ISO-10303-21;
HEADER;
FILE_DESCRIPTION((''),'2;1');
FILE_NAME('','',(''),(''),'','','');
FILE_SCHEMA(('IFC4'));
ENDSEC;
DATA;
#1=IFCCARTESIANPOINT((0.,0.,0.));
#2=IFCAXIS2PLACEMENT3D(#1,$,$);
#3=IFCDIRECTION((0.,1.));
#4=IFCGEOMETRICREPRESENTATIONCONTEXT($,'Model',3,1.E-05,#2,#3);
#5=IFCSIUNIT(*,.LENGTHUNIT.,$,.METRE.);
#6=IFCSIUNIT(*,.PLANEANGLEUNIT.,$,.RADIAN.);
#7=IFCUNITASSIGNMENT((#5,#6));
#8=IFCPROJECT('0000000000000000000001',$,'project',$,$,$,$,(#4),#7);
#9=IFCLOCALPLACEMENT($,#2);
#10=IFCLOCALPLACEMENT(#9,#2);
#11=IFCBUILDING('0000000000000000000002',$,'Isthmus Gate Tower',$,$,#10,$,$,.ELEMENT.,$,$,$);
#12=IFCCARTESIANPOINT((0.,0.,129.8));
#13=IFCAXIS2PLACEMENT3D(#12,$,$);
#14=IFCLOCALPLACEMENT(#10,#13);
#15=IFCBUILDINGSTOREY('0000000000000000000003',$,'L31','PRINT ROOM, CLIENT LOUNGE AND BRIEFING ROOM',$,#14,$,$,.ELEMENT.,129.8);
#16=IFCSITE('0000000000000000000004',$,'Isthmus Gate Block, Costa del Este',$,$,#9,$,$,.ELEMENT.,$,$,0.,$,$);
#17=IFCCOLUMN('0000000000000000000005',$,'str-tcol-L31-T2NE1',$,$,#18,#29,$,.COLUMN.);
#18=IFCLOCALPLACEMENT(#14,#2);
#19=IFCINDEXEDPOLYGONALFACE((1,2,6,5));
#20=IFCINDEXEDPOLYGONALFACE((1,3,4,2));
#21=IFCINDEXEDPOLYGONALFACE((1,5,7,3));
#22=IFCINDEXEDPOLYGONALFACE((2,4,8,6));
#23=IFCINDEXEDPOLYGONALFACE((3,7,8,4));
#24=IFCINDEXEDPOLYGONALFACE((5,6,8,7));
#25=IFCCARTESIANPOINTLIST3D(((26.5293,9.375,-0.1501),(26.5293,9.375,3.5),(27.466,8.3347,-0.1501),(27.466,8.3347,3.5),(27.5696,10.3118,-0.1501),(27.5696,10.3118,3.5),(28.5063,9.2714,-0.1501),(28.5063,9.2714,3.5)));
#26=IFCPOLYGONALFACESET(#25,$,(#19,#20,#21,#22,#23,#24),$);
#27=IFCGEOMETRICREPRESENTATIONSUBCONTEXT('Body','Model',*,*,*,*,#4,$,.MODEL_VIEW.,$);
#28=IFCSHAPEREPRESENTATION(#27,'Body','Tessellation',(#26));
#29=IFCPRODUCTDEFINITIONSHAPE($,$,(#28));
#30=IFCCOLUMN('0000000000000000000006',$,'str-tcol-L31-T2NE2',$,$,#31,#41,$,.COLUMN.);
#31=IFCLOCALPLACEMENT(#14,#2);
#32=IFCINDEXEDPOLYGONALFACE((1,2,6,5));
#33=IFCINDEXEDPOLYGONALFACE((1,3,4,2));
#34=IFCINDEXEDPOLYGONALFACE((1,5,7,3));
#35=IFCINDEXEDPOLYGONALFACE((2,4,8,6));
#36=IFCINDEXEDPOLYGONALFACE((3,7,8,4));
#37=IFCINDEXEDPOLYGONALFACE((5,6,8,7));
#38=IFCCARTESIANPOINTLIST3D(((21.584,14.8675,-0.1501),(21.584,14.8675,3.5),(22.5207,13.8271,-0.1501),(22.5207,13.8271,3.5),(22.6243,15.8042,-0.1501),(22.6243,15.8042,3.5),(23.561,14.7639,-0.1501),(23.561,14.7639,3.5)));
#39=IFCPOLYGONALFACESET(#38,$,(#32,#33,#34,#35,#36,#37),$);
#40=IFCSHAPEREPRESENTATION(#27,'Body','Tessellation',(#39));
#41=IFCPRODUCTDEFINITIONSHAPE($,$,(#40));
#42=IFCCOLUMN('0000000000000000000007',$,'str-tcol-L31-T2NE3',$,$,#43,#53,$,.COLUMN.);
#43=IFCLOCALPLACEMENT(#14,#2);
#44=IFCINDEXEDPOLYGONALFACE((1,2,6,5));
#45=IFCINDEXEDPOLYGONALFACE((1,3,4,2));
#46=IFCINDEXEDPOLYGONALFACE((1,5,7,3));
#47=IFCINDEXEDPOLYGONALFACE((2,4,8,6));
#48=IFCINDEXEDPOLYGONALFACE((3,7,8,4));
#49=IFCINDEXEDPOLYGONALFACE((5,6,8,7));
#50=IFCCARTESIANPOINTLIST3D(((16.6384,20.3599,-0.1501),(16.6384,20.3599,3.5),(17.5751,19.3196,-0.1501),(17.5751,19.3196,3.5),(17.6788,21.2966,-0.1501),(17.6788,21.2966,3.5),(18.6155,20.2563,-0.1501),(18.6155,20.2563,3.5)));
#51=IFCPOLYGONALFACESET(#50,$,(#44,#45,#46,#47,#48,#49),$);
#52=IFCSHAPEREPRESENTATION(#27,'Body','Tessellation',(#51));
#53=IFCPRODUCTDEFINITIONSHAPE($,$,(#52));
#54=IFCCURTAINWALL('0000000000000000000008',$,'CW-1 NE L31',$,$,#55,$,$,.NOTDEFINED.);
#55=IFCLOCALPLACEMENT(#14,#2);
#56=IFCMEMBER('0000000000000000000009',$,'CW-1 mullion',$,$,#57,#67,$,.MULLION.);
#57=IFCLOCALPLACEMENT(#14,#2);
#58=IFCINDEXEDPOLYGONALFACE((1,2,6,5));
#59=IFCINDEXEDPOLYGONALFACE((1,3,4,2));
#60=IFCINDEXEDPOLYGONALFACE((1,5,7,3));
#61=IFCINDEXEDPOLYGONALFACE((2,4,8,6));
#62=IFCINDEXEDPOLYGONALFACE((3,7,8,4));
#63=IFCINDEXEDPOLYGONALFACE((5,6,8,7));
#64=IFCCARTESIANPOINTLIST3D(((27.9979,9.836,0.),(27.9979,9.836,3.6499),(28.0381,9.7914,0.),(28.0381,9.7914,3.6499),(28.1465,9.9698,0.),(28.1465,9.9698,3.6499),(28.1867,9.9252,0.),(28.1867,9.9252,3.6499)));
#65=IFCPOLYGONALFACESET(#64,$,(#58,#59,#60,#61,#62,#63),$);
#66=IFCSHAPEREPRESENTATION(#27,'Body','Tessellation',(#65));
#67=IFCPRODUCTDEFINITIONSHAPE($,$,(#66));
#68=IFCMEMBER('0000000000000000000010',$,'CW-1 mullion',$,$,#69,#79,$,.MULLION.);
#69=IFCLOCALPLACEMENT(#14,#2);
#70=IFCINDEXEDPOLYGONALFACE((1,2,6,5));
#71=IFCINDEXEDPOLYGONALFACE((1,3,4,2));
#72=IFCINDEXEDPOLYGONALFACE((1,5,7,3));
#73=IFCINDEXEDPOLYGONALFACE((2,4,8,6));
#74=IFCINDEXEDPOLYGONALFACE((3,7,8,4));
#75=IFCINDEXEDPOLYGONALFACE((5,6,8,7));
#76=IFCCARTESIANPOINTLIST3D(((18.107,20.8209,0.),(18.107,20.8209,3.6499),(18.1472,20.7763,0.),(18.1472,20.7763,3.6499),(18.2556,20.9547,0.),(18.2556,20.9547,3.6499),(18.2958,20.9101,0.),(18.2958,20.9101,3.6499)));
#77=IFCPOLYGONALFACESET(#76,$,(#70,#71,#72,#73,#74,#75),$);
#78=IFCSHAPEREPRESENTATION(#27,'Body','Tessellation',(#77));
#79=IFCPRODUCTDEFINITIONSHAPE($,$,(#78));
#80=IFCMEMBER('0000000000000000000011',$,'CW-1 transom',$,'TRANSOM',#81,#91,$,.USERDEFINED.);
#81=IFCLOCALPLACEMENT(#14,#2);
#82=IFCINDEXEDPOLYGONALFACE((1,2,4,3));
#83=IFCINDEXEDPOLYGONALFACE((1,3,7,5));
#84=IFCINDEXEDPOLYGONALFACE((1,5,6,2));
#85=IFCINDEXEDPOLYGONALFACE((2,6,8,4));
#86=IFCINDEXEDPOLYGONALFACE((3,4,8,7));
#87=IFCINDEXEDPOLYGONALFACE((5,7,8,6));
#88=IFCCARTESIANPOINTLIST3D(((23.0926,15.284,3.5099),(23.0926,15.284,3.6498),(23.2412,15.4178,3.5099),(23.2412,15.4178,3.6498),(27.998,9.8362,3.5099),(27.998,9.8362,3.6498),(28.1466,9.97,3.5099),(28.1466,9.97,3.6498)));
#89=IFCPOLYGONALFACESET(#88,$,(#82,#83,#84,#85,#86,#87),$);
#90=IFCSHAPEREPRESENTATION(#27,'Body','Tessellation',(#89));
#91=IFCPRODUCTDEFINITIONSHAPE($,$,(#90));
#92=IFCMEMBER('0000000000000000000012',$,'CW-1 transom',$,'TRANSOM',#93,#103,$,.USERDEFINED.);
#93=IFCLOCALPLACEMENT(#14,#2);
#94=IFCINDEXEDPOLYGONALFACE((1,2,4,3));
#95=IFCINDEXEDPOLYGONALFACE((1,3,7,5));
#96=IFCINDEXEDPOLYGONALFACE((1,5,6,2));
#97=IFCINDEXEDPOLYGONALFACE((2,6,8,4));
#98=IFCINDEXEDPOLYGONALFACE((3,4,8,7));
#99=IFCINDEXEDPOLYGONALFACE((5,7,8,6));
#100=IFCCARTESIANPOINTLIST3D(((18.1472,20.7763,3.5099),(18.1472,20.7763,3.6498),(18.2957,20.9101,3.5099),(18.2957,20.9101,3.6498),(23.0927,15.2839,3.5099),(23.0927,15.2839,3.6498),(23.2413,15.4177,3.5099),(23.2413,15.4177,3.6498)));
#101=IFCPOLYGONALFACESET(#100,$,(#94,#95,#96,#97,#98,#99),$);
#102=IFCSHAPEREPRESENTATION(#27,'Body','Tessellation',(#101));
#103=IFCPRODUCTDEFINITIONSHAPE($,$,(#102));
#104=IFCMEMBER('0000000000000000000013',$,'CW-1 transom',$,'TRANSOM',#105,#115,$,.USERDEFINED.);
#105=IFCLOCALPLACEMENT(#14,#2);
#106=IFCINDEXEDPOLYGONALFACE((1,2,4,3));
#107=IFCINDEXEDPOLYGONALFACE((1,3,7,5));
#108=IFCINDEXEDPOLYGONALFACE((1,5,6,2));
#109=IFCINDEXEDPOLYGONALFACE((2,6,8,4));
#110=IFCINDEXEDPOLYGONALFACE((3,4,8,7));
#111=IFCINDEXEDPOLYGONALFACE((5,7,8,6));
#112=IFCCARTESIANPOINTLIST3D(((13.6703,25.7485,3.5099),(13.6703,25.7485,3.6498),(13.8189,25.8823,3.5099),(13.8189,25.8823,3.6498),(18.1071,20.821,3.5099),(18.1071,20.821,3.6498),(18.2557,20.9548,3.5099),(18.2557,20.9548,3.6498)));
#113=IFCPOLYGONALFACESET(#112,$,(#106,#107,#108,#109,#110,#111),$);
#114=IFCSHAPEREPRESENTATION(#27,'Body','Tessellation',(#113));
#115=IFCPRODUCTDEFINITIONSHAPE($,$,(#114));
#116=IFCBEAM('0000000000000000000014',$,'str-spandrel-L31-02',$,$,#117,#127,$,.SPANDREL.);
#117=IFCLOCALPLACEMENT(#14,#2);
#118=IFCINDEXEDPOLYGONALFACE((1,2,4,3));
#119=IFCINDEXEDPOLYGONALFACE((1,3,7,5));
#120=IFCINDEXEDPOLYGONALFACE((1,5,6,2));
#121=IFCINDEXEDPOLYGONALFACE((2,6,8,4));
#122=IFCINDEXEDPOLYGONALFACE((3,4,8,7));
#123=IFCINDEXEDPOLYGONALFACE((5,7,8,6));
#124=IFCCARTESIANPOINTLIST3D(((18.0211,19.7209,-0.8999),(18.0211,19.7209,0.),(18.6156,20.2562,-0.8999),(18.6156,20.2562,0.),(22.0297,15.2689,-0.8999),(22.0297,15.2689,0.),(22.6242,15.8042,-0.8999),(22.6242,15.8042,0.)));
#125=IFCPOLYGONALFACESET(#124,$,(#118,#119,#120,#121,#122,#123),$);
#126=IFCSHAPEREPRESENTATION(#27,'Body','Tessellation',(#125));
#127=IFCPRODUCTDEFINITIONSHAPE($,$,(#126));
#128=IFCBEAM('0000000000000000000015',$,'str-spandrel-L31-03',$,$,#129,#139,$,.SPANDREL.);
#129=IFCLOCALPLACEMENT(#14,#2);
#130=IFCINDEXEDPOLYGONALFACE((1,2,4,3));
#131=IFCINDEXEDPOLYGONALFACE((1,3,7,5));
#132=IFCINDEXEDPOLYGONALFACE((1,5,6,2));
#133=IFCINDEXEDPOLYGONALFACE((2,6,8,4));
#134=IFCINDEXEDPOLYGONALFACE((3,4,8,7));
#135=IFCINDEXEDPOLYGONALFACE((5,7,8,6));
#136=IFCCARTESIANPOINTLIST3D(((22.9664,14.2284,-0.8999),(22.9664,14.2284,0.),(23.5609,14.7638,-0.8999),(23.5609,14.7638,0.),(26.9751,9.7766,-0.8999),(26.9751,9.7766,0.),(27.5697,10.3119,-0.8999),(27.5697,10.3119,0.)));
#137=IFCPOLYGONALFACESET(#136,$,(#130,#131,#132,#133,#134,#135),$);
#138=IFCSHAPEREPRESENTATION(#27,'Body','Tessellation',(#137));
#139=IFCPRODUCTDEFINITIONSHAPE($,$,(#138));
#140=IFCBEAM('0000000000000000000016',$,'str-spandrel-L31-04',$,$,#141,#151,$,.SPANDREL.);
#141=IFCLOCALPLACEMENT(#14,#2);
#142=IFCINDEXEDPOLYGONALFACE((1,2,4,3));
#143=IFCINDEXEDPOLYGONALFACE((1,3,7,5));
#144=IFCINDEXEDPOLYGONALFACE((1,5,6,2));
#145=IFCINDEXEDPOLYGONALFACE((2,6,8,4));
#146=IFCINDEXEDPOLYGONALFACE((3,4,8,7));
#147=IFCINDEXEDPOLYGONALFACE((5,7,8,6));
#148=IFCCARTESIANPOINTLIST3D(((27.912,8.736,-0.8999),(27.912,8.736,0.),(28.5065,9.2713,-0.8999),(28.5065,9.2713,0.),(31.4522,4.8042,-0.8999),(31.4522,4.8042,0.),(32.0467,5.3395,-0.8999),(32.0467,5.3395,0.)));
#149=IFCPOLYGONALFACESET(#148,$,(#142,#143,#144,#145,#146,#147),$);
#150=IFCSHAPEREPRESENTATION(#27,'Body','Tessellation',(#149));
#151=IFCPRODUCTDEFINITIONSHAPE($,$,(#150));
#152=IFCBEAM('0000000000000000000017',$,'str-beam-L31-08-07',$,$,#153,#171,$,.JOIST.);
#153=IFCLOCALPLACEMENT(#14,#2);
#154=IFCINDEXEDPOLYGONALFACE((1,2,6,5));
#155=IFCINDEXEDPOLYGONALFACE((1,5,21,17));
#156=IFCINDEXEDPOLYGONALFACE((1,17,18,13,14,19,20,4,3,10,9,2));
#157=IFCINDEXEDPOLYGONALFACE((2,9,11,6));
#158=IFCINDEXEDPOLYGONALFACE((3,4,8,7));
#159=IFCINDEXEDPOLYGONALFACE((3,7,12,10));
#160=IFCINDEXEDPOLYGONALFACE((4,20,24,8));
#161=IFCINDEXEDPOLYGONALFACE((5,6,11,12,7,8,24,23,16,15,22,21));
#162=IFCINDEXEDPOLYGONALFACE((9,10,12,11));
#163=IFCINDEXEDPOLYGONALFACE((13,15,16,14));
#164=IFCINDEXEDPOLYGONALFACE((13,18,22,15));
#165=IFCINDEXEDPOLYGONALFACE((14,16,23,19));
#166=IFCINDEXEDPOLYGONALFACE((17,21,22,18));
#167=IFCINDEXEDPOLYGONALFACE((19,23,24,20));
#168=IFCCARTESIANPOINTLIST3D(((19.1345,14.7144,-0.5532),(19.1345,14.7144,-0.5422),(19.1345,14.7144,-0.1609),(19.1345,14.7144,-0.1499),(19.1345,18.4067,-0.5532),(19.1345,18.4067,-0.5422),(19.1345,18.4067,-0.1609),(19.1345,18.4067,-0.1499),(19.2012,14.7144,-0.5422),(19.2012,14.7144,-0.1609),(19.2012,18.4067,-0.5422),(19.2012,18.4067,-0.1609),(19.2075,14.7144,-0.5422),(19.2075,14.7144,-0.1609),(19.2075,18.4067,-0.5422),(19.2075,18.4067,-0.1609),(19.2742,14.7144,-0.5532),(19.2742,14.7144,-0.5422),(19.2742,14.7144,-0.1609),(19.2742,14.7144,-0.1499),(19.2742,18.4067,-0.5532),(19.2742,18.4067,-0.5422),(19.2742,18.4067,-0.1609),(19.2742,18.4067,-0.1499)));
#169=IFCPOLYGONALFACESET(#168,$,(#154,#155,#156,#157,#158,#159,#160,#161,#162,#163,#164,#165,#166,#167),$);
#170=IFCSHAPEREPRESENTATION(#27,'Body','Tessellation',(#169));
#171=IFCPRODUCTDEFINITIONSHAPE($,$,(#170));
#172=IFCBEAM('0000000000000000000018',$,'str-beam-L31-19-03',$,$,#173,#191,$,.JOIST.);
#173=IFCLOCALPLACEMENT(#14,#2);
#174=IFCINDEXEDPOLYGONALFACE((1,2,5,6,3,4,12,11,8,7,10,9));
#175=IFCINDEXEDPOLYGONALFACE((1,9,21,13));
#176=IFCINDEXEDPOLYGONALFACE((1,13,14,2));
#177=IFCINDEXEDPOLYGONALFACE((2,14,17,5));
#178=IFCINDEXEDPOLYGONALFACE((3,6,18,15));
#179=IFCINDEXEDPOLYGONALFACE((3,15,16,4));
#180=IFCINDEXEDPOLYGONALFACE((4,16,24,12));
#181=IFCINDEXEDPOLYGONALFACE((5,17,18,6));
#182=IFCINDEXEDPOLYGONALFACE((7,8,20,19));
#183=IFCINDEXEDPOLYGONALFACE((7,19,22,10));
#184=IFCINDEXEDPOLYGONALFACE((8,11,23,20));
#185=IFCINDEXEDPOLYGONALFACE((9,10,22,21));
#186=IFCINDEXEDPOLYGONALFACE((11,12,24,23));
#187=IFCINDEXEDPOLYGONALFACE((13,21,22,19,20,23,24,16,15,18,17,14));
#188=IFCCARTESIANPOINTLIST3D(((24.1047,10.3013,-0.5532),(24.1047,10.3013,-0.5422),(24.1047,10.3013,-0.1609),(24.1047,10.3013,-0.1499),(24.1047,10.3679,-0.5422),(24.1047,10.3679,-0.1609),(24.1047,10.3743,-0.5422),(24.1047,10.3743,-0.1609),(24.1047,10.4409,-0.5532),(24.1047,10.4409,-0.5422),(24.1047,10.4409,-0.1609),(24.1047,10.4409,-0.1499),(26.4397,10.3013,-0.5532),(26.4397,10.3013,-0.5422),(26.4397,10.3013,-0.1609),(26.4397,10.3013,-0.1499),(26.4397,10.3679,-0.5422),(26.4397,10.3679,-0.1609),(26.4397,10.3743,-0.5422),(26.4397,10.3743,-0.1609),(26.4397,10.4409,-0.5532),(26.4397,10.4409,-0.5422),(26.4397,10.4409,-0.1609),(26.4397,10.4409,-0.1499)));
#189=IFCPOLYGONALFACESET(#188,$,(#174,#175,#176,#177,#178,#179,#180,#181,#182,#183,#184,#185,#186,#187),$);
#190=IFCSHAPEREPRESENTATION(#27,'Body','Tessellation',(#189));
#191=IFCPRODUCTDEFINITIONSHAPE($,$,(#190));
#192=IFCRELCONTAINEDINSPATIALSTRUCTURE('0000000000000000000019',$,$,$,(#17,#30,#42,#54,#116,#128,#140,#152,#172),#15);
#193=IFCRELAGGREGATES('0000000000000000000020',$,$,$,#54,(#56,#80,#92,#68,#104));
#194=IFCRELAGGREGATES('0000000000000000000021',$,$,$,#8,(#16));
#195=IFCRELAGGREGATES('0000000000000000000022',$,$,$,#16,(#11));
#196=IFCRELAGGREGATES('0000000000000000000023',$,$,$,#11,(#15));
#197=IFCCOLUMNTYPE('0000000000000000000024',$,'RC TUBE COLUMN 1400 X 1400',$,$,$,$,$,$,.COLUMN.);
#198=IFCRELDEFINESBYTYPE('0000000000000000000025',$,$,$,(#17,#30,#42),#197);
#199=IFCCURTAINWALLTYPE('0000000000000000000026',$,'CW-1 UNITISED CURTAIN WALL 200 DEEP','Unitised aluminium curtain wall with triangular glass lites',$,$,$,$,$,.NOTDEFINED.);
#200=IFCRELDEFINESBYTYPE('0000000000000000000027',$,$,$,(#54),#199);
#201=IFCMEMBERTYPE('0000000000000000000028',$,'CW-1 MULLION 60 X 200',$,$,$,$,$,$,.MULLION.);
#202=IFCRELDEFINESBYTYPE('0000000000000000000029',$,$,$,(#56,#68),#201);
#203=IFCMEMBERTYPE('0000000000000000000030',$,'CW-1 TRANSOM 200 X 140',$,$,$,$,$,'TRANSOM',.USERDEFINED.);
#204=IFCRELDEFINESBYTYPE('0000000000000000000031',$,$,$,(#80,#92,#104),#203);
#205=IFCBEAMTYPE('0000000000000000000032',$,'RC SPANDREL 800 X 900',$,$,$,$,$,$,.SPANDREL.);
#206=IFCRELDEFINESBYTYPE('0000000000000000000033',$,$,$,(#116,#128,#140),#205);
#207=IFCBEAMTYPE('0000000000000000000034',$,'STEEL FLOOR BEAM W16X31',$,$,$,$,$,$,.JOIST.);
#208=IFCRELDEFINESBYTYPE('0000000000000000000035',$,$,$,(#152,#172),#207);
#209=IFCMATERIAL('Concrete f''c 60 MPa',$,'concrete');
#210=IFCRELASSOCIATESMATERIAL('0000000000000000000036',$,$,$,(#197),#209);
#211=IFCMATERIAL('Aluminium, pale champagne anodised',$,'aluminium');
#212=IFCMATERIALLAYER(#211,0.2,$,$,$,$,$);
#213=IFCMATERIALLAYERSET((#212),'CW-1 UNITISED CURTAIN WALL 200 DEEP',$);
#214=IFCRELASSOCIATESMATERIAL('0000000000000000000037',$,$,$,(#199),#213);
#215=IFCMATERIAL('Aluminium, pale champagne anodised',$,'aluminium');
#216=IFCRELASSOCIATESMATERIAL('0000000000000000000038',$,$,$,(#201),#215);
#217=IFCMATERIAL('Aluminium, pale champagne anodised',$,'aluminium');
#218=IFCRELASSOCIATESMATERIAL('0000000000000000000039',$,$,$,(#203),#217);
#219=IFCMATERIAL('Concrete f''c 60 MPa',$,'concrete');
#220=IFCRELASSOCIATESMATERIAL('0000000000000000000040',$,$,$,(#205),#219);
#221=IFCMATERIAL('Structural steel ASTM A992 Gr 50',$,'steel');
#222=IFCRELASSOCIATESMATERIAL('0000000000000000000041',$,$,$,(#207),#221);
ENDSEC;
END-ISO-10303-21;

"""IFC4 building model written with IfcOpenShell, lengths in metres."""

from ifc_helpers import new_model, si_unit, direction, frame, origin, origin_2d, place, context, subcontext, project, spatial, rectangle, i_section, extrude, material, layer, layer_set, material_profile, profile_set, type_object, element, aggregate, save


model = new_model("IFC4")

# Units and contexts
model_context = context("Model", 3, precision=1e-05, world=origin(), true_north=direction((0.0, 1.0)))
body_context = subcontext(model_context, "Body", "Model", "MODEL_VIEW")
ifc_project = project(units=[si_unit("LENGTHUNIT", "METRE"), si_unit("PLANEANGLEUNIT", "RADIAN")], contexts=[model_context])

# Site, building, storey
site_placement = place(None, origin())
site = spatial("IfcSite", under=ifc_project, at=site_placement, Name="Isthmus Gate Block, Costa del Este", CompositionType="ELEMENT", RefElevation=0.0)
building_placement = place(site_placement, origin())
building = spatial("IfcBuilding", under=site, at=building_placement, Name="Isthmus Gate Tower", CompositionType="ELEMENT")
storey_placement = place(building_placement, frame((0.0, 0.0, 129.8)))
storey = spatial("IfcBuildingStorey", under=building, at=storey_placement, Name="L31", Description="PRINT ROOM, CLIENT LOUNGE AND BRIEFING ROOM", CompositionType="ELEMENT", Elevation=129.8)

# Columns
ifc_material_1 = material(Name="Concrete f'c 60 MPa", Category="concrete")
ifc_material_profile_1 = material_profile(ifc_material_1, rectangle(XDim=1.3999, YDim=1.3999, at=origin_2d()), Name="RC 1400X1400")
ifc_profile_set_1 = profile_set([ifc_material_profile_1], Name="Concrete f'c 60 MPa")
column_type = type_object("IfcColumnType", Name="RC TUBE COLUMN 1400 X 1400", PredefinedType="COLUMN", material=ifc_profile_set_1)
for number, where, z_axis, x_axis, name in (
    (1, (27.5178, 9.3232, -0.1501), (0.0, 0.0, 1.0), (-0.669131, 0.743145, 0.0), "str-tcol-L31-T2NE1"),
    (2, (22.5725, 14.8157, -0.1501), (0.0, 0.0, 1.0), (-0.669131, 0.743145, 0.0), "str-tcol-L31-T2NE2"),
    (3, (17.627, 20.3081, -0.1501), (0.0, 0.0, 1.0), (-0.669131, 0.743145, 0.0), "str-tcol-L31-T2NE3"),
):
    element("IfcColumn", number, at=place(storey_placement, frame(where, z_axis=z_axis, x_axis=x_axis)), inside=storey, type_object=column_type, Name=name, PredefinedType="COLUMN", context=body_context, shape_type="SweptSolid", body=[
        extrude(rectangle(XDim=1.3999, YDim=1.3999, at=origin_2d()), origin(), (0.0, 0.0, 1.0), 3.6501),
    ])

# Curtain wall, members
ifc_material_2 = material(Name="Aluminium, pale champagne anodised", Category="aluminium")
ifc_layer_1 = layer(ifc_material_2, 0.2)
ifc_layer_set_1 = layer_set([ifc_layer_1], Name="CW-1 UNITISED CURTAIN WALL 200 DEEP")
curtain_wall_type = type_object("IfcCurtainWallType", Name="CW-1 UNITISED CURTAIN WALL 200 DEEP", Description="Unitised aluminium curtain wall with triangular glass lites", PredefinedType="NOTDEFINED", material=ifc_layer_set_1)
curtain_wall_placement = place(storey_placement, origin())
curtain_wall = element("IfcCurtainWall", 4, at=curtain_wall_placement, inside=storey, type_object=curtain_wall_type, Name="CW-1 NE L31", PredefinedType="NOTDEFINED")
ifc_material_3 = material(Name="Aluminium, pale champagne anodised", Category="aluminium")
ifc_material_profile_2 = material_profile(ifc_material_3, rectangle(XDim=0.0601, YDim=0.2, at=origin_2d()), Name="60x200")
ifc_profile_set_2 = profile_set([ifc_material_profile_2], Name="Aluminium, pale champagne anodised")
member_type_1 = type_object("IfcMemberType", Name="CW-1 MULLION 60 X 200", PredefinedType="MULLION", material=ifc_profile_set_2)
member_1_placement = place(storey_placement, frame((28.0923, 9.8806, 0.0), z_axis=(0.0, 0.0, 1.0), x_axis=(-0.669131, 0.743145, 0.0)))
member_1 = element("IfcMember", 5, at=member_1_placement, type_object=member_type_1, Name="CW-1 mullion", PredefinedType="MULLION", context=body_context, shape_type="SweptSolid", body=[
    extrude(rectangle(XDim=0.0601, YDim=0.2, at=origin_2d()), origin(), (0.0, 0.0, 1.0), 3.6499),
])
member_2_placement = place(storey_placement, frame((18.2014, 20.8655, 0.0), z_axis=(0.0, 0.0, 1.0), x_axis=(-0.669131, 0.743145, 0.0)))
member_2 = element("IfcMember", 6, at=member_2_placement, type_object=member_type_1, Name="CW-1 mullion", PredefinedType="MULLION", context=body_context, shape_type="SweptSolid", body=[
    extrude(rectangle(XDim=0.0601, YDim=0.2, at=origin_2d()), origin(), (0.0, 0.0, 1.0), 3.6499),
])
ifc_material_4 = material(Name="Aluminium, pale champagne anodised", Category="aluminium")
ifc_material_profile_3 = material_profile(ifc_material_4, rectangle(XDim=0.2, YDim=0.1399, at=origin_2d()), Name="200x140")
ifc_profile_set_3 = profile_set([ifc_material_profile_3], Name="Aluminium, pale champagne anodised")
member_type_2 = type_object("IfcMemberType", Name="CW-1 TRANSOM 200 X 140", ElementType="TRANSOM", PredefinedType="USERDEFINED", material=ifc_profile_set_3)
member_3_placement = place(storey_placement, frame((28.0723, 9.9031, 3.5798), z_axis=(-0.669138, 0.743138, 0.0), x_axis=(-0.743138, -0.669138, 0.0)))
member_3 = element("IfcMember", 7, at=member_3_placement, type_object=member_type_2, Name="CW-1 transom", ObjectType="TRANSOM", PredefinedType="USERDEFINED", context=body_context, shape_type="SweptSolid", body=[
    extrude(rectangle(XDim=0.2, YDim=0.1399, at=origin_2d()), origin(), (0.0, 0.0, 1.0), 7.3308),
])
member_4_placement = place(storey_placement, frame((23.167, 15.3508, 3.5798), z_axis=(-0.669142, 0.743135, 0.0), x_axis=(-0.743135, -0.669142, 0.0)))
member_4 = element("IfcMember", 8, at=member_4_placement, type_object=member_type_2, Name="CW-1 transom", ObjectType="TRANSOM", PredefinedType="USERDEFINED", context=body_context, shape_type="SweptSolid", body=[
    extrude(rectangle(XDim=0.2, YDim=0.1399, at=origin_2d()), origin(), (0.0, 0.0, 1.0), 7.3909),
])
member_5_placement = place(storey_placement, frame((18.1814, 20.8879, 3.5798), z_axis=(-0.669134, 0.743142, 0.0), x_axis=(-0.743142, -0.669134, 0.0)))
member_5 = element("IfcMember", 9, at=member_5_placement, type_object=member_type_2, Name="CW-1 transom", ObjectType="TRANSOM", PredefinedType="USERDEFINED", context=body_context, shape_type="SweptSolid", body=[
    extrude(rectangle(XDim=0.2, YDim=0.1399, at=origin_2d()), origin(), (0.0, 0.0, 1.0), 6.6306),
])

# Beams
ifc_material_5 = material(Name="Concrete f'c 60 MPa", Category="concrete")
ifc_material_profile_4 = material_profile(ifc_material_5, rectangle(XDim=0.8, YDim=0.8999, at=origin_2d()), Name="RC 800X900")
ifc_profile_set_4 = profile_set([ifc_material_profile_4], Name="Concrete f'c 60 MPa")
beam_type_1 = type_object("IfcBeamType", Name="RC SPANDREL 800 X 900", PredefinedType="SPANDREL", material=ifc_profile_set_4)
for number, where, z_axis, x_axis, name in (
    (10, (18.3184, 19.9885, -0.45), (0.669134, -0.743142, 0.0), (0.743142, 0.669134, 0.0), "str-spandrel-L31-02"),
    (11, (23.2637, 14.4961, -0.45), (0.669156, -0.743122, 0.0), (0.743122, 0.669156, 0.0), "str-spandrel-L31-03"),
):
    element("IfcBeam", number, at=place(storey_placement, frame(where, z_axis=z_axis, x_axis=x_axis)), inside=storey, type_object=beam_type_1, Name=name, PredefinedType="SPANDREL", context=body_context, shape_type="SweptSolid", body=[
        extrude(rectangle(XDim=0.8, YDim=0.8999, at=origin_2d()), origin(), (0.0, 0.0, 1.0), 5.9907),
    ])
beam_1_placement = place(storey_placement, frame((28.2092, 9.0037, -0.45), z_axis=(0.66913, -0.743145, 0.0), x_axis=(0.743145, 0.66913, 0.0)))
element("IfcBeam", 12, at=beam_1_placement, inside=storey, type_object=beam_type_1, Name="str-spandrel-L31-04", PredefinedType="SPANDREL", context=body_context, shape_type="SweptSolid", body=[
    extrude(rectangle(XDim=0.8, YDim=0.8999, at=origin_2d()), origin(), (0.0, 0.0, 1.0), 5.2908),
])
ifc_material_6 = material(Name="Structural steel ASTM A992 Gr 50", Category="steel")
ifc_material_profile_5 = material_profile(ifc_material_6, i_section(OverallWidth=0.1396, OverallDepth=0.4033, WebThickness=0.0063, FlangeThickness=0.011, at=origin_2d()), Name="W16X31")
ifc_profile_set_5 = profile_set([ifc_material_profile_5], Name="Structural steel ASTM A992 Gr 50")
beam_type_2 = type_object("IfcBeamType", Name="STEEL FLOOR BEAM W16X31", PredefinedType="JOIST", material=ifc_profile_set_5)
beam_2_placement = place(storey_placement, frame((19.2043, 14.7144, -0.3516), z_axis=(0.0, 1.0, 0.0), x_axis=(-1.0, 0.0, 0.0)))
element("IfcBeam", 13, at=beam_2_placement, inside=storey, type_object=beam_type_2, Name="str-beam-L31-08-07", PredefinedType="JOIST", context=body_context, shape_type="SweptSolid", body=[
    extrude(i_section(OverallWidth=0.1396, OverallDepth=0.4033, WebThickness=0.0063, FlangeThickness=0.011, at=origin_2d()), origin(), (0.0, 0.0, 1.0), 3.6924),
])
beam_3_placement = place(storey_placement, frame((24.1047, 10.3711, -0.3516), z_axis=(1.0, 0.0, 0.0), x_axis=(0.0, 1.0, 0.0)))
element("IfcBeam", 14, at=beam_3_placement, inside=storey, type_object=beam_type_2, Name="str-beam-L31-19-03", PredefinedType="JOIST", context=body_context, shape_type="SweptSolid", body=[
    extrude(i_section(OverallWidth=0.1396, OverallDepth=0.4033, WebThickness=0.0063, FlangeThickness=0.011, at=origin_2d()), origin(), (0.0, 0.0, 1.0), 2.335),
])

aggregate(curtain_wall, [member_1, member_3, member_4, member_2, member_5])

save(model, "model.ifc")
